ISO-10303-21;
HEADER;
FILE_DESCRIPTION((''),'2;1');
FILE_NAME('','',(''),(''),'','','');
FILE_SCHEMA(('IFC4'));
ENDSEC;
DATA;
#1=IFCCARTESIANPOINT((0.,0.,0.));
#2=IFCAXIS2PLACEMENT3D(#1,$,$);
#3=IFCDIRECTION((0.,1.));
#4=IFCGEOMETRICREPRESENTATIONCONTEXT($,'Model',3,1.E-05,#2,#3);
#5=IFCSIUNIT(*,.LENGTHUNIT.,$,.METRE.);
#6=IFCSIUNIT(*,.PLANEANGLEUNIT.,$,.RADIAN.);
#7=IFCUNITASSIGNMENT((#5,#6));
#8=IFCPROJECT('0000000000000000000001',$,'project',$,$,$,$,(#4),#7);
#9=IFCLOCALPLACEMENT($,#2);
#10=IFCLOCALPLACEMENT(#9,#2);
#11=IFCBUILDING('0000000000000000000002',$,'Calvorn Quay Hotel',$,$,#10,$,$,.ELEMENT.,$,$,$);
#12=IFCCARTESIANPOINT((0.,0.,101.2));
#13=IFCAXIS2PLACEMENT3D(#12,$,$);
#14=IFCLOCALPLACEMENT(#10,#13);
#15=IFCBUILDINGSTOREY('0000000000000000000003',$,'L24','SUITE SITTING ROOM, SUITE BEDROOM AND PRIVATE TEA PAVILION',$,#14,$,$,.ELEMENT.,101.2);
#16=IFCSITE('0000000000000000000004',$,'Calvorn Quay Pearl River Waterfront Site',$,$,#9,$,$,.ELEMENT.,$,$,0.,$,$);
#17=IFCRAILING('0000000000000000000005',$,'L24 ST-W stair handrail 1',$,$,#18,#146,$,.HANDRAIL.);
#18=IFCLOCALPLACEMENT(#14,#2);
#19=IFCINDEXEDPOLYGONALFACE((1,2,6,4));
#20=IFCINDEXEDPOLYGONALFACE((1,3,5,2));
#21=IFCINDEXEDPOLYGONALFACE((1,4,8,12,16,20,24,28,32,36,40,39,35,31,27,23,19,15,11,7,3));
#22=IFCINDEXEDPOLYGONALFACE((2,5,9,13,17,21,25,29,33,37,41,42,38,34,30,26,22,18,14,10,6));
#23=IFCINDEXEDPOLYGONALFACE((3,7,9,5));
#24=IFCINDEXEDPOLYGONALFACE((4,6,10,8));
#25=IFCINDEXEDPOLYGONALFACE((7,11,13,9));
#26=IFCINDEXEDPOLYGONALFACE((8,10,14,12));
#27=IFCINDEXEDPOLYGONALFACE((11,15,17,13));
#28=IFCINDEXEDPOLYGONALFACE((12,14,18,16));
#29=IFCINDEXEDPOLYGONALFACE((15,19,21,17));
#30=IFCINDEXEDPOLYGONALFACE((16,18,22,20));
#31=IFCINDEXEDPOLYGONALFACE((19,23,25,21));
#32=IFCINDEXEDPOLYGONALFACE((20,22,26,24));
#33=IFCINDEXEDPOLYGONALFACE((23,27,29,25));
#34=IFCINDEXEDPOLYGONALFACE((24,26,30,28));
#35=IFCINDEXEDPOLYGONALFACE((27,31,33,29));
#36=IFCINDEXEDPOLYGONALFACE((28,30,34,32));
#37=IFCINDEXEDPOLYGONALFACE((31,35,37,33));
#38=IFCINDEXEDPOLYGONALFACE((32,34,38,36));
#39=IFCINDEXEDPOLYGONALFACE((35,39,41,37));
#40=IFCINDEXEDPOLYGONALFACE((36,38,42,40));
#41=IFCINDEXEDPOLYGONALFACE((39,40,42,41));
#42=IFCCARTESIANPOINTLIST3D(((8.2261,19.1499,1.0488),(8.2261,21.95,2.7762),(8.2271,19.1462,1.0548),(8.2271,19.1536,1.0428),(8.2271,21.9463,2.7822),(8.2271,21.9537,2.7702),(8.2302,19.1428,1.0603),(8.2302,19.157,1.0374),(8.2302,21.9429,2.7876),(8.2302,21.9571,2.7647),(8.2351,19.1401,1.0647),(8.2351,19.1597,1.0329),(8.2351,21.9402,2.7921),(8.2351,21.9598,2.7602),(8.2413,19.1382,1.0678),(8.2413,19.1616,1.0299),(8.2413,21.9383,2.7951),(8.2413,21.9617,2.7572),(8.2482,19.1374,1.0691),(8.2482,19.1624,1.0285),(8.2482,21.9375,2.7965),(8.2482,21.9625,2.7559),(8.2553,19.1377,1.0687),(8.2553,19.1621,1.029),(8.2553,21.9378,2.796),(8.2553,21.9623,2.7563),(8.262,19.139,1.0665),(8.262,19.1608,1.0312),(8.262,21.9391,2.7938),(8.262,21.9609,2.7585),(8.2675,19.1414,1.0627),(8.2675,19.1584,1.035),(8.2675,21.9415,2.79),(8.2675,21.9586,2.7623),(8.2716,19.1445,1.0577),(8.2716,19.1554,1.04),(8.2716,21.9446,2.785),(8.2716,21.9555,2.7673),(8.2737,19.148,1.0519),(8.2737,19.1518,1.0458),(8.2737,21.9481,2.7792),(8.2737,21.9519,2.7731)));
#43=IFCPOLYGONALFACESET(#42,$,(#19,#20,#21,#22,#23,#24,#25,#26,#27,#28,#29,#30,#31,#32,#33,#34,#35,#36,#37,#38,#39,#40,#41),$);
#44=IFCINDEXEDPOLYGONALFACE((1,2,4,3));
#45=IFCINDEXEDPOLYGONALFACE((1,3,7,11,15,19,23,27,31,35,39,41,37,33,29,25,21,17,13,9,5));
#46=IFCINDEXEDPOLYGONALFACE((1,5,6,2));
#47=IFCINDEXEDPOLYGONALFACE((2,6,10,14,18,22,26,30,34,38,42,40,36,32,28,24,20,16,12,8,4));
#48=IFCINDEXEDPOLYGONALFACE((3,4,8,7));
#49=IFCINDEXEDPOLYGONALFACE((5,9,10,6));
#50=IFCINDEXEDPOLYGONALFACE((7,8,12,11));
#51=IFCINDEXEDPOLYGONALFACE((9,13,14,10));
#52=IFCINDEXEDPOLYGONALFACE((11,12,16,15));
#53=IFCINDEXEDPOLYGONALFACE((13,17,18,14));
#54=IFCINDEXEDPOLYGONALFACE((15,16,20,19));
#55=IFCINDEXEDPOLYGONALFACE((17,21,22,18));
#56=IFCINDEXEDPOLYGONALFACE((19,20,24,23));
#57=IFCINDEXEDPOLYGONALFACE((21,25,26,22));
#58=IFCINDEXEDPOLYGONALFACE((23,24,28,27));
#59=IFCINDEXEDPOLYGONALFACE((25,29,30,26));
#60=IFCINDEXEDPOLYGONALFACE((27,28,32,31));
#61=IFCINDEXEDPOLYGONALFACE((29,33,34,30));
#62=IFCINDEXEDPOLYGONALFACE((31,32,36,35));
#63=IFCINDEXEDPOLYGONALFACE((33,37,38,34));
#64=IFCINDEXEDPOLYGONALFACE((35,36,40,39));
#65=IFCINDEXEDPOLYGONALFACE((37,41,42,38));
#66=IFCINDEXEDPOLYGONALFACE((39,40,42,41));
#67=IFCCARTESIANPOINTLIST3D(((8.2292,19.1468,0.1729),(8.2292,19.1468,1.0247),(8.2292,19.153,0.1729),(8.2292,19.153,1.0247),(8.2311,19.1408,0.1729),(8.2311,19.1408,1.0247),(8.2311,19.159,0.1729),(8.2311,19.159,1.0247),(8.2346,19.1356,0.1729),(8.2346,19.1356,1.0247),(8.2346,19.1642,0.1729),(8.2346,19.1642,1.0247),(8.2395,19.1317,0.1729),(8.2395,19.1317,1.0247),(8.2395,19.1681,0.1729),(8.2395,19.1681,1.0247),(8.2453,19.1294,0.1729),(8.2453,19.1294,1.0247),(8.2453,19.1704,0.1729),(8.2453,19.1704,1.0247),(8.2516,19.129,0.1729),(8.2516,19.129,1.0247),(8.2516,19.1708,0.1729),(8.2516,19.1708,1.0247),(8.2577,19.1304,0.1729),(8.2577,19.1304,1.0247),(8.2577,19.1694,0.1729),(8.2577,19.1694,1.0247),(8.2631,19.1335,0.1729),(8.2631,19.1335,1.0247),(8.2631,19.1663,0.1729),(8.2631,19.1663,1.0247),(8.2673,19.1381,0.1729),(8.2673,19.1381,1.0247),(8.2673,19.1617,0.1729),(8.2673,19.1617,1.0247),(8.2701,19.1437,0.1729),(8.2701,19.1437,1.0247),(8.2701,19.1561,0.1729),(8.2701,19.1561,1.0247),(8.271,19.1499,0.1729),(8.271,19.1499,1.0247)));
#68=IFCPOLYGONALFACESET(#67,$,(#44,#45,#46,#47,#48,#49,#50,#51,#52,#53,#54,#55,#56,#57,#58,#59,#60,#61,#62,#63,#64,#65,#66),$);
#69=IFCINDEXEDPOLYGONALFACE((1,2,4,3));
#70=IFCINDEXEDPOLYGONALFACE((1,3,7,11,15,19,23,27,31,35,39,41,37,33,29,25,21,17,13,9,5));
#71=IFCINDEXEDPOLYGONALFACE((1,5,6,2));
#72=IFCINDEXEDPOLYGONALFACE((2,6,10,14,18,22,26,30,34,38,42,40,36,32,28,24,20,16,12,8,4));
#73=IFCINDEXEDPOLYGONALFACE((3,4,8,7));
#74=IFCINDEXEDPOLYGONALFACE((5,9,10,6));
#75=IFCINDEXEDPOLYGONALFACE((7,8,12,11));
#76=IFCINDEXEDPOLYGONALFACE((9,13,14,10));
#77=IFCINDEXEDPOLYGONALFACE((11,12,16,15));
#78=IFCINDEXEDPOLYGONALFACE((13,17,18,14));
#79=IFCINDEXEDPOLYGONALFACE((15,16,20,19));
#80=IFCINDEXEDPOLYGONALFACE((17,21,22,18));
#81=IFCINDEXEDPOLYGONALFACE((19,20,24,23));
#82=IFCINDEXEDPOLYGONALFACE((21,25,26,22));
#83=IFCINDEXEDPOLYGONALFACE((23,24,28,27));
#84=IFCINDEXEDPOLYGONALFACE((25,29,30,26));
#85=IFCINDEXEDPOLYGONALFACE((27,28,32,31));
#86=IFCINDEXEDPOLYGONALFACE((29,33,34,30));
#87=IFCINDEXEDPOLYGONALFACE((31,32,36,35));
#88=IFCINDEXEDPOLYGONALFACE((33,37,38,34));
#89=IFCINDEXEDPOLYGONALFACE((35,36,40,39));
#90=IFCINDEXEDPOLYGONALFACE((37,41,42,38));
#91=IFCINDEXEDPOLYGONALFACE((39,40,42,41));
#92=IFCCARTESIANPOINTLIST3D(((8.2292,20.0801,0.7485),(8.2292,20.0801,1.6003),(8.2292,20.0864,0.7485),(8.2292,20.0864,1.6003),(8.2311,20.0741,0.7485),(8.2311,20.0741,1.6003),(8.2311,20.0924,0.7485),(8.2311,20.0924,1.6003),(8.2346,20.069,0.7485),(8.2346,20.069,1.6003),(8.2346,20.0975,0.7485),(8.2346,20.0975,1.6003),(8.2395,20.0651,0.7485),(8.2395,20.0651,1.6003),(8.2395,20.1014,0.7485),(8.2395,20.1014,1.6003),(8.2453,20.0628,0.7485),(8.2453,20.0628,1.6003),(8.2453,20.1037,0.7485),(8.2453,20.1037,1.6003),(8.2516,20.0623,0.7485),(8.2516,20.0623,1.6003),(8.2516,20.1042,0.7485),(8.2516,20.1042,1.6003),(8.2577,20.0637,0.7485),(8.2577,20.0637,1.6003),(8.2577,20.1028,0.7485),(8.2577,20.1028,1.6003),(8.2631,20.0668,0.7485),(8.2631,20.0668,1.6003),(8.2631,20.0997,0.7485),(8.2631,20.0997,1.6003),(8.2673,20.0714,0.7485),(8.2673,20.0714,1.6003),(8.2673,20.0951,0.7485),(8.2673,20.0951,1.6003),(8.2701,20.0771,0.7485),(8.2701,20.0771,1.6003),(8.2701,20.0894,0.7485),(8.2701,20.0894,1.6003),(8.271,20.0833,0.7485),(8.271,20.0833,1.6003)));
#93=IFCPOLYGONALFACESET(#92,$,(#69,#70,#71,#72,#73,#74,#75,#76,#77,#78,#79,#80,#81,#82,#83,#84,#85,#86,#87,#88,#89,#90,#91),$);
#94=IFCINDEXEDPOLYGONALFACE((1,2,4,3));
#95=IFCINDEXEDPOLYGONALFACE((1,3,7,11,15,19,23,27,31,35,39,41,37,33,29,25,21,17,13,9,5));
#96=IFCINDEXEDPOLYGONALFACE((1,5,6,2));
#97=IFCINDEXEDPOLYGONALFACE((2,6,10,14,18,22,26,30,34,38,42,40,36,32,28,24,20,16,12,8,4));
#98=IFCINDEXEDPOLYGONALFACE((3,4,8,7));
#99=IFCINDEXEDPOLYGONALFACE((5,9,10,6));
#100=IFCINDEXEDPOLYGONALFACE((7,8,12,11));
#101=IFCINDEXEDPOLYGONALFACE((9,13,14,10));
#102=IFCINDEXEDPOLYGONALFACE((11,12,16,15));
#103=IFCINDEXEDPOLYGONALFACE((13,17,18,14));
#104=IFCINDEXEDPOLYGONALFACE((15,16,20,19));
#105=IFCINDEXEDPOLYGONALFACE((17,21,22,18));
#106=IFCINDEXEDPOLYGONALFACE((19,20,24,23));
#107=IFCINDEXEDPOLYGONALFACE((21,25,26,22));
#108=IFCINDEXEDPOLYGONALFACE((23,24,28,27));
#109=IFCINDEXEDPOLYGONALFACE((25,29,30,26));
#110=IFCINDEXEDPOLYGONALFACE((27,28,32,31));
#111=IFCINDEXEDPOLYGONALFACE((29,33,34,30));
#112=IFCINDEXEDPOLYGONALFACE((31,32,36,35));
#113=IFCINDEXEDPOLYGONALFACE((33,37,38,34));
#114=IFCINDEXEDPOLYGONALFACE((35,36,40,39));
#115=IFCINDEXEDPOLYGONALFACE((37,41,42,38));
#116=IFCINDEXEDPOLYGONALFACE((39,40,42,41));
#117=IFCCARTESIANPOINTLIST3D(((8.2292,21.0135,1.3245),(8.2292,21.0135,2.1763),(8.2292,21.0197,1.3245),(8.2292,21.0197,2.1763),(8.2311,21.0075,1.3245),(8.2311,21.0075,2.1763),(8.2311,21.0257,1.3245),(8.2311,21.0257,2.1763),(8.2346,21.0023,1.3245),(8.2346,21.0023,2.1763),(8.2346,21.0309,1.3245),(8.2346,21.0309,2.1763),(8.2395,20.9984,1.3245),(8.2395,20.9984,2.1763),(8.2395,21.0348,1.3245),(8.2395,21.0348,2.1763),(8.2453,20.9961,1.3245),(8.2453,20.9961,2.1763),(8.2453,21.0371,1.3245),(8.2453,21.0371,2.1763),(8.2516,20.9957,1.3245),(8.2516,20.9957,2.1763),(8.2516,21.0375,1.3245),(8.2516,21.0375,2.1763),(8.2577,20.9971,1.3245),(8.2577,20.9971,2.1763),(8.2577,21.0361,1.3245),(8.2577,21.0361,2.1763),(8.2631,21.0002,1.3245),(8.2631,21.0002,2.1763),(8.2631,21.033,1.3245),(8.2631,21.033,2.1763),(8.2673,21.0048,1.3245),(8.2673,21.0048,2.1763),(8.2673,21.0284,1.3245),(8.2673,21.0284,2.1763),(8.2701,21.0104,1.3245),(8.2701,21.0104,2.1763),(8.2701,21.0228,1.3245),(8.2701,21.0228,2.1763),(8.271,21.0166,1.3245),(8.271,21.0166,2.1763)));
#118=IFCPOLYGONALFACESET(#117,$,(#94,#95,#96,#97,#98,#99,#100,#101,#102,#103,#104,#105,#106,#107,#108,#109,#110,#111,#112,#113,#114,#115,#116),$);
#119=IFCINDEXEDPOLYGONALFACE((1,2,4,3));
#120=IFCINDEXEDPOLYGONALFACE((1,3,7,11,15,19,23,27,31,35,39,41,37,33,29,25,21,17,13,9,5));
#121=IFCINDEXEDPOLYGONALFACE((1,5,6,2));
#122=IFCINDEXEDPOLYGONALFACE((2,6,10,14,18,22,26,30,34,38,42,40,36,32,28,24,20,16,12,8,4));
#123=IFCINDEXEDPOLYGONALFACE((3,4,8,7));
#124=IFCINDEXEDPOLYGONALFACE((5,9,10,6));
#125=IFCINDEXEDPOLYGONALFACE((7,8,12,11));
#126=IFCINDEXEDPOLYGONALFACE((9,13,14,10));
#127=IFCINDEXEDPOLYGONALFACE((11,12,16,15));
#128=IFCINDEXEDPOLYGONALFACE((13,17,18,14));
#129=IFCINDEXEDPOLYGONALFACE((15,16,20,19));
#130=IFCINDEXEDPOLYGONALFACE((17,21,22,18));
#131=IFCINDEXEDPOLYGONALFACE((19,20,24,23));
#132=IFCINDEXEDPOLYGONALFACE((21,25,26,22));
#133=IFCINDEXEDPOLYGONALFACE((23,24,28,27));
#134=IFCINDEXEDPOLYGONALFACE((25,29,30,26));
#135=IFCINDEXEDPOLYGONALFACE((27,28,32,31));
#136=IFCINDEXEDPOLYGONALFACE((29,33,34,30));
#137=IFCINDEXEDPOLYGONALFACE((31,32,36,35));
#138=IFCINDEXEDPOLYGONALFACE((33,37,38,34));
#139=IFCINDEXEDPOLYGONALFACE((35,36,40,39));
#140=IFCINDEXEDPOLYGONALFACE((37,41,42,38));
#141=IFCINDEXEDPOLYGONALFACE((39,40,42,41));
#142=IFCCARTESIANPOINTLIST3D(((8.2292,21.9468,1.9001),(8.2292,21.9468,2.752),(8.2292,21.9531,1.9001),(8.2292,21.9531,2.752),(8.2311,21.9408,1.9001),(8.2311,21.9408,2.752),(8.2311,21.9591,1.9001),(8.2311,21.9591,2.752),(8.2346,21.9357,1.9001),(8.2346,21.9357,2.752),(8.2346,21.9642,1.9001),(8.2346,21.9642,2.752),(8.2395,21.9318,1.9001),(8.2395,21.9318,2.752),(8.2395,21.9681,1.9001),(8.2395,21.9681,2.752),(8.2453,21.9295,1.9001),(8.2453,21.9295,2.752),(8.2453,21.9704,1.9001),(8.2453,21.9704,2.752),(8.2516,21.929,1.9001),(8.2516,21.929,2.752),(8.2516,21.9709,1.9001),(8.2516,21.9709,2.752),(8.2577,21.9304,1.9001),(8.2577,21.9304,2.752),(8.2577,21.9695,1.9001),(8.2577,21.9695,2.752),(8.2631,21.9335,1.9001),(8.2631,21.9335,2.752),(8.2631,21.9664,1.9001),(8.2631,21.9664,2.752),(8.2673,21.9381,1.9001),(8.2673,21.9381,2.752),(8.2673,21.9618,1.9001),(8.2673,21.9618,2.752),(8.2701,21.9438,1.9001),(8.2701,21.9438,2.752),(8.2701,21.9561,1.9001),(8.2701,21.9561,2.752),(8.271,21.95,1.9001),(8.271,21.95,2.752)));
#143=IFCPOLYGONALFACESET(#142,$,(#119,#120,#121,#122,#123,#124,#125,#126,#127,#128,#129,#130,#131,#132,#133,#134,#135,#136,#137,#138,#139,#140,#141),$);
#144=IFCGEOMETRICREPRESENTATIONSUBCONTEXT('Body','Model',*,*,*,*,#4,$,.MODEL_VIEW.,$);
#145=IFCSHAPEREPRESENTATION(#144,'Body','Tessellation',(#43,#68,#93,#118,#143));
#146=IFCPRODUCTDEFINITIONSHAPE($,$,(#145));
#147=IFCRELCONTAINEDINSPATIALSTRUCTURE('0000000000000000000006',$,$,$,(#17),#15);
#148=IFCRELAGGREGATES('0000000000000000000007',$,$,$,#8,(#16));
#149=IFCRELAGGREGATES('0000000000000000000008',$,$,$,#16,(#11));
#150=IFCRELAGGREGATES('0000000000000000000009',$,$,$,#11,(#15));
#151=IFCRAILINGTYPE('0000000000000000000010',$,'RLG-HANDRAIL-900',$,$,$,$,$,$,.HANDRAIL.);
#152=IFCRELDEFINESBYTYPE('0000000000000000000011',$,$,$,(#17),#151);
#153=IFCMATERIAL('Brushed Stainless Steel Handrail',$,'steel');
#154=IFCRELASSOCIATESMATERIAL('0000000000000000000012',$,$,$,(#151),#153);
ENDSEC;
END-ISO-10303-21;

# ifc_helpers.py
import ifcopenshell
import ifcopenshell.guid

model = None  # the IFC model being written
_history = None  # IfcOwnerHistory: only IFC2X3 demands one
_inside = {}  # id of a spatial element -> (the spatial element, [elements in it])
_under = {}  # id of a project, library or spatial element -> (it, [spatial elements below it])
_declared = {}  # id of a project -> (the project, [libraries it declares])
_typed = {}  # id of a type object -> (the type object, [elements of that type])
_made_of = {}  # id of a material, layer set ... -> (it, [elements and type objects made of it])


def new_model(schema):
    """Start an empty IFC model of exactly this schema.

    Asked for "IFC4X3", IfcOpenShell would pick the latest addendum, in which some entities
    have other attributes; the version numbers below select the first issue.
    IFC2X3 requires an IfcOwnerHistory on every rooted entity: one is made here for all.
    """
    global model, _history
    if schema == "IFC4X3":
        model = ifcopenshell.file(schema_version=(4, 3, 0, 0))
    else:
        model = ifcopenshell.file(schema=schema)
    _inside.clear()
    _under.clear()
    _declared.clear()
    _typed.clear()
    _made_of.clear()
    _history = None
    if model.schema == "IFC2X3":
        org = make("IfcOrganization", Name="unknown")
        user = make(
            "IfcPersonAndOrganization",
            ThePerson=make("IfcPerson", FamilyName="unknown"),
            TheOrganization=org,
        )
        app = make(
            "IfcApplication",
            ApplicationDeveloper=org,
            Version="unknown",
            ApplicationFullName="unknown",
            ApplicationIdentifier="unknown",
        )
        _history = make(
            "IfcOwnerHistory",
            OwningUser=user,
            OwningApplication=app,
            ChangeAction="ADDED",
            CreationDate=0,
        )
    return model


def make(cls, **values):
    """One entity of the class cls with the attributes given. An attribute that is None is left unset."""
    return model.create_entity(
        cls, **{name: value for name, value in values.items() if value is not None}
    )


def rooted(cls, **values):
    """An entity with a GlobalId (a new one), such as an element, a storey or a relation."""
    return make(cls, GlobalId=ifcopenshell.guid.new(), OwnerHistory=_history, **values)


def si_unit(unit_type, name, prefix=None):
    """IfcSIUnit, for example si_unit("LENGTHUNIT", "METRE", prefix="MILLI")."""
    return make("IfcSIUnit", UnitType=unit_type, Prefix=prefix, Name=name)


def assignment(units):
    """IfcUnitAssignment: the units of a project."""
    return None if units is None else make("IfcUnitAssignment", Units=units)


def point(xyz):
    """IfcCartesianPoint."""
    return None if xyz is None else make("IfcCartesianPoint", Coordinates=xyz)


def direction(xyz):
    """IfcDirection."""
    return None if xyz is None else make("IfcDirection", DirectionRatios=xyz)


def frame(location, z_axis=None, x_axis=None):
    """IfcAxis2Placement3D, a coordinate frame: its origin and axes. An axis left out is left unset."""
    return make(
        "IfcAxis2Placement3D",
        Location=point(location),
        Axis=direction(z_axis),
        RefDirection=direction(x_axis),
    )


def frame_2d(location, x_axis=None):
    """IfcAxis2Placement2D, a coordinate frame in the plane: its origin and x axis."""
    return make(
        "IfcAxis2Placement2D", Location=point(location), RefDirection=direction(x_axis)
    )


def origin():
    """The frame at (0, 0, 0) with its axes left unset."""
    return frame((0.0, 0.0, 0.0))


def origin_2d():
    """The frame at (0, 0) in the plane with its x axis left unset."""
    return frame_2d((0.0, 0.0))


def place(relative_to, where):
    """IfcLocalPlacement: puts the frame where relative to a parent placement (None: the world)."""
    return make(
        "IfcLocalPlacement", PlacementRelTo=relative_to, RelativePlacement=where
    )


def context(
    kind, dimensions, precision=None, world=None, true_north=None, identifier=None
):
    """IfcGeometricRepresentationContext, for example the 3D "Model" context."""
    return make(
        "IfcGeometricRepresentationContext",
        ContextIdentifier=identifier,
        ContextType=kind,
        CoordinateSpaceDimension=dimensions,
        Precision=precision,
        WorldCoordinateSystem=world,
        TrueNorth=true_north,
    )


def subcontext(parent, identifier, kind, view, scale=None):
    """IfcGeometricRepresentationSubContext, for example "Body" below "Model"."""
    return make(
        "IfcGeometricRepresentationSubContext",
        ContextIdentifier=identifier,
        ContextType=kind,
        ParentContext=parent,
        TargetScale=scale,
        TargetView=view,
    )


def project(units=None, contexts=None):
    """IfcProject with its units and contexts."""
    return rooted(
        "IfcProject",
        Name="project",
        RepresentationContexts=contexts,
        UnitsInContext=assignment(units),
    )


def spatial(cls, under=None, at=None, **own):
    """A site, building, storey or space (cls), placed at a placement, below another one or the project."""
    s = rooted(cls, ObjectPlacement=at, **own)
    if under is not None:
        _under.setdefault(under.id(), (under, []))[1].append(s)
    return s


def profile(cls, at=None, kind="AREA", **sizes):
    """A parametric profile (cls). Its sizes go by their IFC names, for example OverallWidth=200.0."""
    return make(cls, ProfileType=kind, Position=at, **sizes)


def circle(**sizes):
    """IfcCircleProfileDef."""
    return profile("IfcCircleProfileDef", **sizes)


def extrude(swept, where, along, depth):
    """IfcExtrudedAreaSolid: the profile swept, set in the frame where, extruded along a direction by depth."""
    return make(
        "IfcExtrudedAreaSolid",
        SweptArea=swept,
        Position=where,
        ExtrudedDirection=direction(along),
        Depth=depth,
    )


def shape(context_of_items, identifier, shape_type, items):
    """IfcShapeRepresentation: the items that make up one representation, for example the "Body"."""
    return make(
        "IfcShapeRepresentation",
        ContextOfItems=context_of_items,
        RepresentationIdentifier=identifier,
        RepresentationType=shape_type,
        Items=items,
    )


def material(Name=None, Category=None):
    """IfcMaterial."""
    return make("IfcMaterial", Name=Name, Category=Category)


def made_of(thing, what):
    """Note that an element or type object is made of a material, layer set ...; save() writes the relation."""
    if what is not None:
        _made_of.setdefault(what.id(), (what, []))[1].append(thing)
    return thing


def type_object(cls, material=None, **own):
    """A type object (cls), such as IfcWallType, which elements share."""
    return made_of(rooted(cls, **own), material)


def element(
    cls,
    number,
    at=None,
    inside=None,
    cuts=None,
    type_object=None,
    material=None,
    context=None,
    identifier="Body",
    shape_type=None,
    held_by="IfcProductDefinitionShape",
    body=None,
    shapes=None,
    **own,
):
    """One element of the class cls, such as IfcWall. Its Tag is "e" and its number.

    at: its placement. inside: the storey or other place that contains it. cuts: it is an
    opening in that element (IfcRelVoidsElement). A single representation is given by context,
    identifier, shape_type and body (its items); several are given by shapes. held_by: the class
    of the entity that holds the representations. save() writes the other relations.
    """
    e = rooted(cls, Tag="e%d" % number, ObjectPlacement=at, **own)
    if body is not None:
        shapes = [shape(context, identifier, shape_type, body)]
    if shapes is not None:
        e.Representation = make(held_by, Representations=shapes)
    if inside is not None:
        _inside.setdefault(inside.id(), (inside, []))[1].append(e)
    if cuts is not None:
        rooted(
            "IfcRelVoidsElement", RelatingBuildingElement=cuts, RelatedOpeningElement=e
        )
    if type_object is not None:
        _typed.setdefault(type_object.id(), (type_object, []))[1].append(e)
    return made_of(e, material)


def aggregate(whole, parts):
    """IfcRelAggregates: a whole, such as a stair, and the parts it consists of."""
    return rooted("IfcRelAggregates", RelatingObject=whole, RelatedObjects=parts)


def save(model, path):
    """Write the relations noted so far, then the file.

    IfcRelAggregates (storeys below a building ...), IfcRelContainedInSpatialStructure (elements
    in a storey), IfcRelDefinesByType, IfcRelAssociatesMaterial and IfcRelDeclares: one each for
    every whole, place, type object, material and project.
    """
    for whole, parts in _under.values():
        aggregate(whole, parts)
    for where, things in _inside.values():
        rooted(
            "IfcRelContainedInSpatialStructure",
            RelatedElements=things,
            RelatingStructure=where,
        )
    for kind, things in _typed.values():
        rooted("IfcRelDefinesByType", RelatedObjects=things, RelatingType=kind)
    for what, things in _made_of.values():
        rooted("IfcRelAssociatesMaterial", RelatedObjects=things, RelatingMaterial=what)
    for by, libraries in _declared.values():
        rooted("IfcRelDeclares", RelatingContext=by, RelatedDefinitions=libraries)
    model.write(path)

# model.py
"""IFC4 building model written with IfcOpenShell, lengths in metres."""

from ifc_helpers import new_model, si_unit, direction, frame, origin, origin_2d, place, context, subcontext, project, spatial, circle, extrude, material, type_object, element, save


model = new_model("IFC4")

# Units and contexts
model_context = context("Model", 3, precision=1e-05, world=origin(), true_north=direction((0.0, 1.0)))
body_context = subcontext(model_context, "Body", "Model", "MODEL_VIEW")
ifc_project = project(units=[si_unit("LENGTHUNIT", "METRE"), si_unit("PLANEANGLEUNIT", "RADIAN")], contexts=[model_context])

# Site, building, storey
site_placement = place(None, origin())
site = spatial("IfcSite", under=ifc_project, at=site_placement, Name="Calvorn Quay Pearl River Waterfront Site", CompositionType="ELEMENT", RefElevation=0.0)
building_placement = place(site_placement, origin())
building = spatial("IfcBuilding", under=site, at=building_placement, Name="Calvorn Quay Hotel", CompositionType="ELEMENT")
storey_placement = place(building_placement, frame((0.0, 0.0, 101.2)))
storey = spatial("IfcBuildingStorey", under=building, at=storey_placement, Name="L24", Description="SUITE SITTING ROOM, SUITE BEDROOM AND PRIVATE TEA PAVILION", CompositionType="ELEMENT", Elevation=101.2)

# Railing
ifc_material_1 = material(Name="Brushed Stainless Steel Handrail", Category="steel")
railing_type_1 = type_object("IfcRailingType", Name="RLG-HANDRAIL-900", PredefinedType="HANDRAIL", material=ifc_material_1)
railing_1_placement = place(storey_placement, frame((8.25, 19.1499, 0.1729)))
element("IfcRailing", 1, at=railing_1_placement, inside=storey, type_object=railing_type_1, Name="L24 ST-W stair handrail 1", PredefinedType="HANDRAIL", context=body_context, shape_type="SweptSolid", body=[
    extrude(circle(Radius=0.0239, at=origin_2d()), frame((0.0, 0.0, 0.876), z_axis=(0.0, 0.85109, 0.52502), x_axis=(-1.0, 0.0, 0.0)), (0.0, 0.0, 1.0), 3.29),
    extrude(circle(Radius=0.021, at=origin_2d()), origin(), (0.0, 0.0, 1.0), 0.8518),
    extrude(circle(Radius=0.021, at=origin_2d()), frame((0.0, 0.9333, 0.5757)), (0.0, 0.0, 1.0), 0.8518),
    extrude(circle(Radius=0.021, at=origin_2d()), frame((0.0, 1.8667, 1.1516)), (0.0, 0.0, 1.0), 0.8518),
    extrude(circle(Radius=0.021, at=origin_2d()), frame((0.0, 2.8, 1.7273)), (0.0, 0.0, 1.0), 0.8518),
])

save(model, "model.ifc")
